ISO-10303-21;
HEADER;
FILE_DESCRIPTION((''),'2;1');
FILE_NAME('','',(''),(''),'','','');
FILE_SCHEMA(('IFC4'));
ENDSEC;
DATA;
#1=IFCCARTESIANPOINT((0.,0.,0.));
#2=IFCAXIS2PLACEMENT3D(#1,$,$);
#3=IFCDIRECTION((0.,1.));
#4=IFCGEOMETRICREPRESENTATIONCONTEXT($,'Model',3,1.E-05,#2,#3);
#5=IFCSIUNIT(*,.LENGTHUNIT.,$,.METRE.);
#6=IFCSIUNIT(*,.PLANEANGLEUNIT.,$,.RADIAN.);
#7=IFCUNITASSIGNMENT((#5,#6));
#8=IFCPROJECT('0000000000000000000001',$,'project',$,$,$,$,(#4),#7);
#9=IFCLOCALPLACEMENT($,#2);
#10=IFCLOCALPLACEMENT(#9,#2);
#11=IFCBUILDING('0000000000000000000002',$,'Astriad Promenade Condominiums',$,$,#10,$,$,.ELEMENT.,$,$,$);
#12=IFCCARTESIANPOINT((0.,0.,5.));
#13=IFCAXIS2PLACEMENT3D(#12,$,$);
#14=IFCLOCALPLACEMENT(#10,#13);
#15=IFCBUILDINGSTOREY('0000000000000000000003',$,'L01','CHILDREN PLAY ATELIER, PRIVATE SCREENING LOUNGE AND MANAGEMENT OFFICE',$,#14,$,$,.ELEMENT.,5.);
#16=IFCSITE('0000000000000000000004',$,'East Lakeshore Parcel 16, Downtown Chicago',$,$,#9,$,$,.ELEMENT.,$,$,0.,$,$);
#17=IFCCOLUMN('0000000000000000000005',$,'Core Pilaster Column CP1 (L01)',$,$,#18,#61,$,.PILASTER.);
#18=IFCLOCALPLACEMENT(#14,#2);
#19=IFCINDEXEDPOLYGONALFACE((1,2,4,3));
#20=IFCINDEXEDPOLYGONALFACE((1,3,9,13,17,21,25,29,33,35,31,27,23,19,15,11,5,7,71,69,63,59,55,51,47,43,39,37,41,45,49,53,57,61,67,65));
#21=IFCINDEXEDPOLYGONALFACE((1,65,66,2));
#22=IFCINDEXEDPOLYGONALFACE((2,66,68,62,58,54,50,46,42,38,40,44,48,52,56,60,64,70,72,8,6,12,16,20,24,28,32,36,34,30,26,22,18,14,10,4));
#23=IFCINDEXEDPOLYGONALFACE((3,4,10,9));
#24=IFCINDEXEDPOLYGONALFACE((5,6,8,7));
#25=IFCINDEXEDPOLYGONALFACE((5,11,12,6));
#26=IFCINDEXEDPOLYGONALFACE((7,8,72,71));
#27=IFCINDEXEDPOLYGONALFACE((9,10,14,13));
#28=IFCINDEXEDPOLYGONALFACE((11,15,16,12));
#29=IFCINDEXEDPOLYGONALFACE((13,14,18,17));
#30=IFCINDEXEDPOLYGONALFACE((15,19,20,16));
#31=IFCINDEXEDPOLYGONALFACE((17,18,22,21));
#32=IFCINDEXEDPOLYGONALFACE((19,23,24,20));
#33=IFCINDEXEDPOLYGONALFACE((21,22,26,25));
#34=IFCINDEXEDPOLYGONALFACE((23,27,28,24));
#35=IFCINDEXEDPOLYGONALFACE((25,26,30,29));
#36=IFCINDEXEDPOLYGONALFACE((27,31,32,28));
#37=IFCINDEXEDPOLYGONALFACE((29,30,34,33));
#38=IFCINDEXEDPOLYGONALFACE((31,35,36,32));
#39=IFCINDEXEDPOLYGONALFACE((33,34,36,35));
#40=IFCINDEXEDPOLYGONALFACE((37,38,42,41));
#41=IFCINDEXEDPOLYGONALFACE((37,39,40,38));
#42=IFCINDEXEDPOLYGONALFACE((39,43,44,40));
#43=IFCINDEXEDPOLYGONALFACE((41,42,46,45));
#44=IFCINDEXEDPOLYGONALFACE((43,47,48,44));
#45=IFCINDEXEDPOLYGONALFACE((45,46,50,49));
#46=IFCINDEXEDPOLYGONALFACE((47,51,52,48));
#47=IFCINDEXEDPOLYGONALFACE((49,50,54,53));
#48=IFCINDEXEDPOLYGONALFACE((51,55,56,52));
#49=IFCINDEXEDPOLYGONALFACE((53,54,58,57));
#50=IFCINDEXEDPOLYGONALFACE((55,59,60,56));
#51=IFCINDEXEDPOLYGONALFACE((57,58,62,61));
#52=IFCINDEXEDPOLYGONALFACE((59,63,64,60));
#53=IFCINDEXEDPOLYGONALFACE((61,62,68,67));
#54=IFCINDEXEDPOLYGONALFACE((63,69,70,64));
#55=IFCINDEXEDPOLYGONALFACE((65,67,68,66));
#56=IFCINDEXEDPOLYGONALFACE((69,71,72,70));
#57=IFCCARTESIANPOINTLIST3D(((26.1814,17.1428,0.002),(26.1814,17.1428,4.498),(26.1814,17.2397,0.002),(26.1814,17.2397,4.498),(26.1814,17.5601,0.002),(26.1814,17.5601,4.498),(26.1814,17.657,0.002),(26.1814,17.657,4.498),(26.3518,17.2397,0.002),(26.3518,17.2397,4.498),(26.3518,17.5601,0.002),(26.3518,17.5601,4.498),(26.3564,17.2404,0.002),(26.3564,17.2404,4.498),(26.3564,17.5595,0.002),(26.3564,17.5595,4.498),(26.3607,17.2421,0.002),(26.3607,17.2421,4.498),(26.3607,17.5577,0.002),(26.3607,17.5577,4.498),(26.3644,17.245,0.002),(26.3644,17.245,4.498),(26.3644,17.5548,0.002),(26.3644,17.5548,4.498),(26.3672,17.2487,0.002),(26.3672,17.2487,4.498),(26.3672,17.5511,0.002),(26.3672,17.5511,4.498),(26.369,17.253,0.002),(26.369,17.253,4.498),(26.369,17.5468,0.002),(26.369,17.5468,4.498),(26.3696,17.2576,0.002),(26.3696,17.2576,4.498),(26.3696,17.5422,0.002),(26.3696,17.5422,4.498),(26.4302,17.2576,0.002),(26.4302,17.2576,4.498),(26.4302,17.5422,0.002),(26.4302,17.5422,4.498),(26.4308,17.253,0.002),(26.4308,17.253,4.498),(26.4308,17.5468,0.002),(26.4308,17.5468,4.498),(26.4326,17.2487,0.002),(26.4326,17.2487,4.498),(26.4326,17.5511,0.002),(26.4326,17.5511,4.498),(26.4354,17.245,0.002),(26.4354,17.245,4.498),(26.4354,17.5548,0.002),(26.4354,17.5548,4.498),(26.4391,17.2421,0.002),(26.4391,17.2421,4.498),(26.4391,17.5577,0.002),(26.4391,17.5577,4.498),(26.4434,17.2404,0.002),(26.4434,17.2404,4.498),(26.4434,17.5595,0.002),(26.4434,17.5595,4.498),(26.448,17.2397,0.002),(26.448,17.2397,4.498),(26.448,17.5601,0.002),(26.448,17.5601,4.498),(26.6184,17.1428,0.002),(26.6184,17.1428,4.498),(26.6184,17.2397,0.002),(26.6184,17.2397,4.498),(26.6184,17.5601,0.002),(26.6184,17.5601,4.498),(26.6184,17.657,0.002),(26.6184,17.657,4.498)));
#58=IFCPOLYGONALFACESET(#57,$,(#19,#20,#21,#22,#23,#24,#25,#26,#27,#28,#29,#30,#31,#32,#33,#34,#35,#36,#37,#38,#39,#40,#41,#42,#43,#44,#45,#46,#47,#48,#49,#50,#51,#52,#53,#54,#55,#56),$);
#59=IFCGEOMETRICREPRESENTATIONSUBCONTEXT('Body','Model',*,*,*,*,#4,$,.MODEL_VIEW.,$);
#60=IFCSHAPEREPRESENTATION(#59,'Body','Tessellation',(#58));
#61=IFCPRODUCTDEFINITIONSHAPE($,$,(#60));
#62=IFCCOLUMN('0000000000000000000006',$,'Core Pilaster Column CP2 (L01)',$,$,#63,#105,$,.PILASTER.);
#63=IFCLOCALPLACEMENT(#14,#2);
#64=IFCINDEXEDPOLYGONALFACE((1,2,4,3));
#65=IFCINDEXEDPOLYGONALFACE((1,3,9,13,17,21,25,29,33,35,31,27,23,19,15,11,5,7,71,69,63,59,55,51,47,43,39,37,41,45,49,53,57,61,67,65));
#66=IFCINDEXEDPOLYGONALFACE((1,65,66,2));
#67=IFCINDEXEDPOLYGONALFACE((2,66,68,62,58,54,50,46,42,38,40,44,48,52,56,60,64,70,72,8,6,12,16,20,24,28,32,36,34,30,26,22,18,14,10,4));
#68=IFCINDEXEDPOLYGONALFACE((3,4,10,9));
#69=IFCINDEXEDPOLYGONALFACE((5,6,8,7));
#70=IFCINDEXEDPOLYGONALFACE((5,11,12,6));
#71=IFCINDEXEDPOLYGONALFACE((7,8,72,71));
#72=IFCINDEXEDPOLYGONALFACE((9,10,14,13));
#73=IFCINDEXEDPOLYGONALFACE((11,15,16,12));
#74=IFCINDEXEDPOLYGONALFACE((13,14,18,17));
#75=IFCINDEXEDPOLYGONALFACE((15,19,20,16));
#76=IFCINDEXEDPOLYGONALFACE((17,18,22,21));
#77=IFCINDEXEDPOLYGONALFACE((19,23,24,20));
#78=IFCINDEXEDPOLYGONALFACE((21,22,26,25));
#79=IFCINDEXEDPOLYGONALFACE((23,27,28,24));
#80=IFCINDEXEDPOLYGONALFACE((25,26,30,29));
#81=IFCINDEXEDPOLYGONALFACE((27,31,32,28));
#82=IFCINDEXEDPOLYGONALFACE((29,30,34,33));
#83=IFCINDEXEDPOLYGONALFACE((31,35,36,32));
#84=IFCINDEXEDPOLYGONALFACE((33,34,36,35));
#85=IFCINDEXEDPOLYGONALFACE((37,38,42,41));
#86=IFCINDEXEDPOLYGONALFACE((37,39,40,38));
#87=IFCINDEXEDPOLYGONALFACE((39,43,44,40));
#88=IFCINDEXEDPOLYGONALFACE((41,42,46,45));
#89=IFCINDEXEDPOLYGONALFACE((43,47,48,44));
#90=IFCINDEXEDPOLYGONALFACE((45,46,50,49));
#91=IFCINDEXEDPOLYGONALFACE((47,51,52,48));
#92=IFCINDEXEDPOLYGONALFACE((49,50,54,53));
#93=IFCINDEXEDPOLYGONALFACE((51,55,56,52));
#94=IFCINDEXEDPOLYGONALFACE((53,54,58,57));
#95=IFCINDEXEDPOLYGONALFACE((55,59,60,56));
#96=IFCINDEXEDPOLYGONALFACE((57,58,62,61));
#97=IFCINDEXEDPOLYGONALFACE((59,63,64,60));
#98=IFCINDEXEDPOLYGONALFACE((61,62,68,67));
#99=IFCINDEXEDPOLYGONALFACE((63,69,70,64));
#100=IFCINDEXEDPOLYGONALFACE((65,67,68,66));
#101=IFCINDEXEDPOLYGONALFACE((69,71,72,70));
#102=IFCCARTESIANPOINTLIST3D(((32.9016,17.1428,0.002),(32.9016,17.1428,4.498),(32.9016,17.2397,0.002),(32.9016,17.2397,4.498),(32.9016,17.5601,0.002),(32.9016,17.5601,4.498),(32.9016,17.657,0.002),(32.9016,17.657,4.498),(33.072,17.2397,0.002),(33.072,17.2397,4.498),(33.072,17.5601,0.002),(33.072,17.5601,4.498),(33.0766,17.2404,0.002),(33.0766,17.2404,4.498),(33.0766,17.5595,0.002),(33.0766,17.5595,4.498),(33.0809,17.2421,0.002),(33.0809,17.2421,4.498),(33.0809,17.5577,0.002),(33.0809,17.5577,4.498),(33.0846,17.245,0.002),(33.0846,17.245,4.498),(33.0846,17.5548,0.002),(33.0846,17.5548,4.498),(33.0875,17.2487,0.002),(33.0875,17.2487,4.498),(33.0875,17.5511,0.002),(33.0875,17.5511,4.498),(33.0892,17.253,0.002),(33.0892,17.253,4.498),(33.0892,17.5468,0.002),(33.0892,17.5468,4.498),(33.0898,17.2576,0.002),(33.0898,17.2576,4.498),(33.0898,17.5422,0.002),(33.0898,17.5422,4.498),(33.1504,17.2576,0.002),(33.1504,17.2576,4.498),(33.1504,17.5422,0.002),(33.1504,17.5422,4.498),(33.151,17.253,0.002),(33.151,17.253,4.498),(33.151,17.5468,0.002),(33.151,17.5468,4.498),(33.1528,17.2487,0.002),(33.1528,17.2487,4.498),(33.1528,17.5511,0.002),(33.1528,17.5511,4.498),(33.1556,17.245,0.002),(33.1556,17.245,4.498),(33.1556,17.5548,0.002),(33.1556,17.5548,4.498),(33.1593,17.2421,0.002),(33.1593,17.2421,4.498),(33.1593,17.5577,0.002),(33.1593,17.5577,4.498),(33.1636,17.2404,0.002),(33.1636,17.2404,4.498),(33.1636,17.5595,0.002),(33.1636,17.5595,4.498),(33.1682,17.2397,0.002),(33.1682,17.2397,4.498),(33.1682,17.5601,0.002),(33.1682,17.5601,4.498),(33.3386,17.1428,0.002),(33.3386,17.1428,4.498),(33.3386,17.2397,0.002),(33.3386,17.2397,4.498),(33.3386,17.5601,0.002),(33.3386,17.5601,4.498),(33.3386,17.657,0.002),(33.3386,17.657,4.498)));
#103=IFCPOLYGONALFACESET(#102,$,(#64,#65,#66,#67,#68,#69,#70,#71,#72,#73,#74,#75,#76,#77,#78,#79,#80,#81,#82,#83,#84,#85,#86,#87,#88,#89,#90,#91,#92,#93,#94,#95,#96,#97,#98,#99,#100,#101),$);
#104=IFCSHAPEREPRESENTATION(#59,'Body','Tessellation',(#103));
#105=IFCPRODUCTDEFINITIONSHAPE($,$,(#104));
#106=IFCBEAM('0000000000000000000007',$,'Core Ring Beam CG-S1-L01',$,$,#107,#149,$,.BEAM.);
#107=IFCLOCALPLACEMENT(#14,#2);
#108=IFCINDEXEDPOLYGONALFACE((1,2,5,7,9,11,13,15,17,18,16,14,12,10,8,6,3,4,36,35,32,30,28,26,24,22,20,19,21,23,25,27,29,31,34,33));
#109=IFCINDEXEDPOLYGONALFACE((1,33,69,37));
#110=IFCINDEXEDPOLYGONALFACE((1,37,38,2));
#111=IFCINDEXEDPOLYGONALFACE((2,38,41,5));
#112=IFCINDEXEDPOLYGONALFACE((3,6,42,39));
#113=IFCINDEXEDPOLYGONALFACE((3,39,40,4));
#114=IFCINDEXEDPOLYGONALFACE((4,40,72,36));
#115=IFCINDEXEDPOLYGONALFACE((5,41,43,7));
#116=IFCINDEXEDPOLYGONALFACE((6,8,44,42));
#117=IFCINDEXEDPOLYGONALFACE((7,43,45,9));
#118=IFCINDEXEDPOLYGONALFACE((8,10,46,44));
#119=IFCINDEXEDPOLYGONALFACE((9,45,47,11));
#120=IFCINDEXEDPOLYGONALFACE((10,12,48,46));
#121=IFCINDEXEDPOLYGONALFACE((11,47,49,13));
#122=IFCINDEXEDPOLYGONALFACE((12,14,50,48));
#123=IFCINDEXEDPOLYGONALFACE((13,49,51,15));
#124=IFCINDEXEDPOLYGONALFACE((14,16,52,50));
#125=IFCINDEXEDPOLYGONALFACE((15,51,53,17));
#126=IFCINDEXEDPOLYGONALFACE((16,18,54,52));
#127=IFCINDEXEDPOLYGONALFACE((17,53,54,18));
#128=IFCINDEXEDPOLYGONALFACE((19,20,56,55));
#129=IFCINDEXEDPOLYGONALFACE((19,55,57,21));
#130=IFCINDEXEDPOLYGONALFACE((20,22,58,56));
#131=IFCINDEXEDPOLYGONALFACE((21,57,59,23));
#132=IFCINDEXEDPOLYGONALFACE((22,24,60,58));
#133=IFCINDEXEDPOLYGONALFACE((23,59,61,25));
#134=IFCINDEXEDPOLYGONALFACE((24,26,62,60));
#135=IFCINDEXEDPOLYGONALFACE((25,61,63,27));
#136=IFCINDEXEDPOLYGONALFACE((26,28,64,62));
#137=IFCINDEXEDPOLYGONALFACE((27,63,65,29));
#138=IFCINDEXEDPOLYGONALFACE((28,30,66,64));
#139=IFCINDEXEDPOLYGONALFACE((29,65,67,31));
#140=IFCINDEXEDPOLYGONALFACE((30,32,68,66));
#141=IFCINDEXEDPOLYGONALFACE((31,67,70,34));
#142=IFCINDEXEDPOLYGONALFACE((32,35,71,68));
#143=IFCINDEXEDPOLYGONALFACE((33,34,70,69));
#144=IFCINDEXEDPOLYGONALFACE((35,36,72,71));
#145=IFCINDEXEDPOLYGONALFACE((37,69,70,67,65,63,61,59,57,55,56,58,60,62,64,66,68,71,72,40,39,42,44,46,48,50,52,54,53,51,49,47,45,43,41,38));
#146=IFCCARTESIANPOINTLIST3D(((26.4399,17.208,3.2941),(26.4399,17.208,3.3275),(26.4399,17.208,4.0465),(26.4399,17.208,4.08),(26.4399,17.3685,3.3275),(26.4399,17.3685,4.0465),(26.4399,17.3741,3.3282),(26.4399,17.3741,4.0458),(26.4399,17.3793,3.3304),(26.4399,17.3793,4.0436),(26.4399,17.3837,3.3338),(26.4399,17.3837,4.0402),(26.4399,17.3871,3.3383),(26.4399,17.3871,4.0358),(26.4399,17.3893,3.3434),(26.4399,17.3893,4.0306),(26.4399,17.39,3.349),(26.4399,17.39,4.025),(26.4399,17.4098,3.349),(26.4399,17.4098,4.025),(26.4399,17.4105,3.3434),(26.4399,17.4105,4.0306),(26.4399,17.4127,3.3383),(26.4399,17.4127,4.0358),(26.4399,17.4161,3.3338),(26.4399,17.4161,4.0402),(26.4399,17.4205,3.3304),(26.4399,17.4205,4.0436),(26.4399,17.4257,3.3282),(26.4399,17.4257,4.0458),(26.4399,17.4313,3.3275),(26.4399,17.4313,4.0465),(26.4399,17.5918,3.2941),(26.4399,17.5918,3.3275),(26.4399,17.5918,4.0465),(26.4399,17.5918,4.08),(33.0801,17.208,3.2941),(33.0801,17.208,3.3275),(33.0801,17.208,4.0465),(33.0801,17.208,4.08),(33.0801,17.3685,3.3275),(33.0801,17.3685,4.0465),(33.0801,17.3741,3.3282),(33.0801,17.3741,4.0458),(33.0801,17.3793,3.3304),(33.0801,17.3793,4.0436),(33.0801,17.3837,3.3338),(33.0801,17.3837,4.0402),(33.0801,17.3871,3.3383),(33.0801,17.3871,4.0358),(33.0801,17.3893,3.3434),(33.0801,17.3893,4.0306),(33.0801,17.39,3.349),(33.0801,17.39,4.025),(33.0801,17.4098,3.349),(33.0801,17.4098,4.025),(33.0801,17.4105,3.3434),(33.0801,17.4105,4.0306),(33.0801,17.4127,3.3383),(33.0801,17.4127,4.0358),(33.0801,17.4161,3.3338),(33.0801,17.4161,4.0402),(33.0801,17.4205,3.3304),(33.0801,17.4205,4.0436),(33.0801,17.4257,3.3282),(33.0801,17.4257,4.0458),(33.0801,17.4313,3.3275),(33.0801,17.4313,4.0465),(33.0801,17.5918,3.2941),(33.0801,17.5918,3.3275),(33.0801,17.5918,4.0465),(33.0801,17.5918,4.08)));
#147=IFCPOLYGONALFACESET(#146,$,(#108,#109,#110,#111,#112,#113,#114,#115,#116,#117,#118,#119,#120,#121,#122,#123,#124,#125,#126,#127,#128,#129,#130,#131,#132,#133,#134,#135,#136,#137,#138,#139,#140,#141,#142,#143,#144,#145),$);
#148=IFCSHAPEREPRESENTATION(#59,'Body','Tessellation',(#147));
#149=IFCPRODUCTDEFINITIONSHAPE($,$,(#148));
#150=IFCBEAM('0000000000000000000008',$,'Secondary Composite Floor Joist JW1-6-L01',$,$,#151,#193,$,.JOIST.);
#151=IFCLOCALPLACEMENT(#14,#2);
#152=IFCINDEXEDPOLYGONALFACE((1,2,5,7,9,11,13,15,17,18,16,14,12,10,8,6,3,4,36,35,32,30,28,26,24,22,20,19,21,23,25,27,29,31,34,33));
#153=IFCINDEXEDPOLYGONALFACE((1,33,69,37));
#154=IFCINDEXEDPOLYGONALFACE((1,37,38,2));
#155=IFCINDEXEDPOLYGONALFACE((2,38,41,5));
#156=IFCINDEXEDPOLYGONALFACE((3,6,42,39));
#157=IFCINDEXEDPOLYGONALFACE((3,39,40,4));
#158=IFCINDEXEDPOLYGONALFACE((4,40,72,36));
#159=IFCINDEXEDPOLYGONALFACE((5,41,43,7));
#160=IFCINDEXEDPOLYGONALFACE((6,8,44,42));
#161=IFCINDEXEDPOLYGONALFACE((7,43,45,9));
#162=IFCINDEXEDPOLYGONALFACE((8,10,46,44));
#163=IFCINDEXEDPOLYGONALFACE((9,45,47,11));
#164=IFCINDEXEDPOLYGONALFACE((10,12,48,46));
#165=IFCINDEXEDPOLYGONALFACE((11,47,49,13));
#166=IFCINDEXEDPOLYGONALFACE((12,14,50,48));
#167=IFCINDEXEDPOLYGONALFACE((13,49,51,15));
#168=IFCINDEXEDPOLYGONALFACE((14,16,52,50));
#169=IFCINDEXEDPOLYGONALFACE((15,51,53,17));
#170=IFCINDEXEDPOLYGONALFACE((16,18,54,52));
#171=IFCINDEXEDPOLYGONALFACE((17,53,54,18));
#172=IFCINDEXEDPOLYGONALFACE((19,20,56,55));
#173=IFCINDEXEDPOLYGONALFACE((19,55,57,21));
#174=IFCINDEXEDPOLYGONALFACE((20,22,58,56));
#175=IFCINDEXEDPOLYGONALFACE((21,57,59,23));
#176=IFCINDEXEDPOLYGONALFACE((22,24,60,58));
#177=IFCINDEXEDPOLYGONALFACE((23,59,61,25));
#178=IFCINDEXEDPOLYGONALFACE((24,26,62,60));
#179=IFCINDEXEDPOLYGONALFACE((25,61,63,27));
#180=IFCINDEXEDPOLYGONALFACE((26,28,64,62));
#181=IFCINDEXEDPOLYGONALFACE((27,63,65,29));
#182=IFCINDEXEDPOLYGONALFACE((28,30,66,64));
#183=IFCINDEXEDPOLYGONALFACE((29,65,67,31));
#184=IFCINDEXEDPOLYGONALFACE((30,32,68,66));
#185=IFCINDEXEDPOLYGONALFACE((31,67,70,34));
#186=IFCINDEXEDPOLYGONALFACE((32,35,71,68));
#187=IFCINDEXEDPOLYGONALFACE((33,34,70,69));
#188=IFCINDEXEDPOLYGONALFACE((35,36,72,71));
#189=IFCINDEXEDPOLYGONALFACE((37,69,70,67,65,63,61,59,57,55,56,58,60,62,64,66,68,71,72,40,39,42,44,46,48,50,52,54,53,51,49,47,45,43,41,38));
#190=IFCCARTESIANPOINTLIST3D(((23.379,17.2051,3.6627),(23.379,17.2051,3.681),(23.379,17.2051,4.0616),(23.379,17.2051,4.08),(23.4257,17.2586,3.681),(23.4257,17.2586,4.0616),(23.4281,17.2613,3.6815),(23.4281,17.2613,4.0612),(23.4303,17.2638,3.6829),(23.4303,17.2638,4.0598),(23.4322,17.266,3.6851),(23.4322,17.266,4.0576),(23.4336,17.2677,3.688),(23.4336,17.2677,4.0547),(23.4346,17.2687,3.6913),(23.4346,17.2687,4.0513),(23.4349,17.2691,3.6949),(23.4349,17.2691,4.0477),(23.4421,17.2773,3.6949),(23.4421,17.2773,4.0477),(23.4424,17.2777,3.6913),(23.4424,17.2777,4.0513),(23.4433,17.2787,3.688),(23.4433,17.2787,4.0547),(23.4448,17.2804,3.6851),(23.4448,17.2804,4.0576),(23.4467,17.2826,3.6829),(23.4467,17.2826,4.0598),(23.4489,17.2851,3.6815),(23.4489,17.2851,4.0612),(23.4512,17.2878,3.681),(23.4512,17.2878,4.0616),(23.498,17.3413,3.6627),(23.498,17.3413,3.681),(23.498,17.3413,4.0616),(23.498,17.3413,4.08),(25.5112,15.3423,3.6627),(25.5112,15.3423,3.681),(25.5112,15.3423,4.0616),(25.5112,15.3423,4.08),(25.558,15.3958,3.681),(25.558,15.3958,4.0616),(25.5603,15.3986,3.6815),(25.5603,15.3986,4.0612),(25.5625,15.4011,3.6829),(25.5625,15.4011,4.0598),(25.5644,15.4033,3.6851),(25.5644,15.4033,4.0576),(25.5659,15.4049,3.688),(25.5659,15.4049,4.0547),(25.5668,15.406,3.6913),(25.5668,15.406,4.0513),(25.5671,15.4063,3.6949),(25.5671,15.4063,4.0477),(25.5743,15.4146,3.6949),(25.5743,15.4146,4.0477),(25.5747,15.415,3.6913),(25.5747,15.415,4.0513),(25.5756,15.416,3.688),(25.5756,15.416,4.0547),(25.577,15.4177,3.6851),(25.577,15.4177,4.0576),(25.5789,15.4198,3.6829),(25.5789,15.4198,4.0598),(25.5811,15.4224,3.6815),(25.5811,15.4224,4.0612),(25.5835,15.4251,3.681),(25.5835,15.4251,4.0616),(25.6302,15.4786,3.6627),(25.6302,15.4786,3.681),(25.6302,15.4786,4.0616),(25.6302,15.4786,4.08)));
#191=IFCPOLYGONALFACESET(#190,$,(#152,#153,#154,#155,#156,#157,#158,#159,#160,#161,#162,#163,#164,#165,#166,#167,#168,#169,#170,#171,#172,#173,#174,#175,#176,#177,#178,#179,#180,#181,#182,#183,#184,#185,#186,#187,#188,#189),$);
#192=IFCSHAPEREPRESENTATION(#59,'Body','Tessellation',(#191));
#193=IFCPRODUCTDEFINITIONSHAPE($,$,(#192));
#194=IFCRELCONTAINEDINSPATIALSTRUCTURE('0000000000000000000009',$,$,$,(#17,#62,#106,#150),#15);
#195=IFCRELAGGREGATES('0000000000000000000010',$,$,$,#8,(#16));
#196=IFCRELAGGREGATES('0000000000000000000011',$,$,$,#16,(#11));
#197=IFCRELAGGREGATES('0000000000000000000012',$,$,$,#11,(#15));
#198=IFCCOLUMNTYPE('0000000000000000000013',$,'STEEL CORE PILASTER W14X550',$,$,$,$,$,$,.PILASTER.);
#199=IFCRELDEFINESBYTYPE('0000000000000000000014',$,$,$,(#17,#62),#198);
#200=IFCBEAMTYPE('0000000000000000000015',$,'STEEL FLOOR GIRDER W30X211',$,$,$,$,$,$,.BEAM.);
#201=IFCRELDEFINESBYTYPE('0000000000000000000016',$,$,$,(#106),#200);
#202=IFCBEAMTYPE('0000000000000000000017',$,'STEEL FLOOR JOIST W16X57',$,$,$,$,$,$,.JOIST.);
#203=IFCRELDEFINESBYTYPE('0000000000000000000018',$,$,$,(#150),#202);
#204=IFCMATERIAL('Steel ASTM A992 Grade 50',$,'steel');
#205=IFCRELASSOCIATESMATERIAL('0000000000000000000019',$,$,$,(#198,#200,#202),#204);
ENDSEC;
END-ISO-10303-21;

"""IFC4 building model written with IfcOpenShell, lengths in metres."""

from ifc_helpers import new_model, si_unit, direction, frame, origin, origin_2d, place, context, subcontext, project, spatial, i_section, extrude, source, transform, mapped, material, material_profile, profile_set, type_object, type_shapes, element, save


model = new_model("IFC4")

# Units and contexts
model_context = context("Model", 3, precision=1e-05, world=origin(), true_north=direction((0.0, 1.0)))
body_context = subcontext(model_context, "Body", "Model", "MODEL_VIEW")
ifc_project = project(units=[si_unit("LENGTHUNIT", "METRE"), si_unit("PLANEANGLEUNIT", "RADIAN")], contexts=[model_context])

# Site, building, storey
site_placement = place(None, origin())
site = spatial("IfcSite", under=ifc_project, at=site_placement, Name="East Lakeshore Parcel 16, Downtown Chicago", CompositionType="ELEMENT", RefElevation=0.0)
building_placement = place(site_placement, origin())
building = spatial("IfcBuilding", under=site, at=building_placement, Name="Astriad Promenade Condominiums", CompositionType="ELEMENT")
storey_placement = place(building_placement, frame((0.0, 0.0, 5.0)))
storey = spatial("IfcBuildingStorey", under=building, at=storey_placement, Name="L01", Description="CHILDREN PLAY ATELIER, PRIVATE SCREENING LOUNGE AND MANAGEMENT OFFICE", CompositionType="ELEMENT", Elevation=5.0)

# Columns
ifc_material_1 = material(Name="Steel ASTM A992 Grade 50", Category="steel")
ifc_material_profile_1 = material_profile(ifc_material_1, i_section(OverallWidth=0.437, OverallDepth=0.5142, WebThickness=0.0605, FlangeThickness=0.0969, FilletRadius=0.0178, at=origin_2d()), Name="W14X550")
ifc_profile_set_1 = profile_set([ifc_material_profile_1], Name="Steel ASTM A992 Grade 50")
column_type = type_object("IfcColumnType", Name="STEEL CORE PILASTER W14X550", PredefinedType="PILASTER", material=ifc_profile_set_1)
shared_shape_1 = source(origin(), body_context, "Body", "SweptSolid", [
    extrude(i_section(OverallWidth=0.437, OverallDepth=0.5142, WebThickness=0.0605, FlangeThickness=0.0969, FilletRadius=0.0178, at=origin_2d()), origin(), (0.0, 0.0, 1.0), 4.4961),
])
type_shapes(column_type, [shared_shape_1])
for number, where, z_axis, x_axis, name in (
    (1, (26.3999, 17.3999, 0.002), (0.0, 0.0, 1.0), (1.0, 0.0, 0.0), "Core Pilaster Column CP1 (L01)"),
    (2, (33.1201, 17.3999, 0.002), (0.0, 0.0, 1.0), (1.0, 0.0, 0.0), "Core Pilaster Column CP2 (L01)"),
):
    element("IfcColumn", number, at=place(storey_placement, frame(where, z_axis=z_axis, x_axis=x_axis)), inside=storey, type_object=column_type, Name=name, PredefinedType="PILASTER", context=body_context, shape_type="MappedRepresentation", body=[
        mapped(shared_shape_1, transform((0.0, 0.0, 0.0), scale=1.0)),
    ])

# Beams
ifc_material_profile_2 = material_profile(ifc_material_1, i_section(OverallWidth=0.3838, OverallDepth=0.7859, WebThickness=0.0198, FlangeThickness=0.0334, FilletRadius=0.0215, at=origin_2d()), Name="W30X211")
ifc_profile_set_2 = profile_set([ifc_material_profile_2], Name="Steel ASTM A992 Grade 50")
beam_type_1 = type_object("IfcBeamType", Name="STEEL FLOOR GIRDER W30X211", PredefinedType="BEAM", material=ifc_profile_set_2)
shared_shape_2 = source(origin(), body_context, "Body", "SweptSolid", [
    extrude(i_section(OverallWidth=0.3838, OverallDepth=0.7859, WebThickness=0.0198, FlangeThickness=0.0334, FilletRadius=0.0215, at=origin_2d()), origin(), (0.0, 0.0, 1.0), 6.6401),
])
type_shapes(beam_type_1, [shared_shape_2])
beam_1_placement = place(storey_placement, frame((26.4399, 17.3999, 3.687), z_axis=(1.0, 0.0, 0.0), x_axis=(0.0, 1.0, 0.0)))
element("IfcBeam", 3, at=beam_1_placement, inside=storey, type_object=beam_type_1, Name="Core Ring Beam CG-S1-L01", PredefinedType="BEAM", context=body_context, shape_type="MappedRepresentation", body=[
    mapped(shared_shape_2, transform((0.0, 0.0, 0.0), scale=1.0)),
])
ifc_material_profile_3 = material_profile(ifc_material_1, i_section(OverallWidth=0.1809, OverallDepth=0.4172, WebThickness=0.011, FlangeThickness=0.0183, FilletRadius=0.0139, at=origin_2d()), Name="W16X57")
ifc_profile_set_3 = profile_set([ifc_material_profile_3], Name="Steel ASTM A992 Grade 50")
beam_type_2 = type_object("IfcBeamType", Name="STEEL FLOOR JOIST W16X57", PredefinedType="JOIST", material=ifc_profile_set_3)
shared_shape_3 = source(origin(), body_context, "Body", "SweptSolid", [
    extrude(i_section(OverallWidth=0.1809, OverallDepth=0.4172, WebThickness=0.011, FlangeThickness=0.0183, FilletRadius=0.0139, at=origin_2d()), origin(), (0.0, 0.0, 1.0), 2.8313),
])
type_shapes(beam_type_2, [shared_shape_3])
beam_2_placement = place(storey_placement, frame((23.4385, 17.2732, 3.8713), z_axis=(0.7531, -0.657906, 0.0), x_axis=(0.657906, 0.7531, 0.0)))
element("IfcBeam", 4, at=beam_2_placement, inside=storey, type_object=beam_type_2, Name="Secondary Composite Floor Joist JW1-6-L01", PredefinedType="JOIST", context=body_context, shape_type="MappedRepresentation", body=[
    mapped(shared_shape_3, transform((0.0, 0.0, 0.0), scale=1.0)),
])

save(model, "model.ifc")
